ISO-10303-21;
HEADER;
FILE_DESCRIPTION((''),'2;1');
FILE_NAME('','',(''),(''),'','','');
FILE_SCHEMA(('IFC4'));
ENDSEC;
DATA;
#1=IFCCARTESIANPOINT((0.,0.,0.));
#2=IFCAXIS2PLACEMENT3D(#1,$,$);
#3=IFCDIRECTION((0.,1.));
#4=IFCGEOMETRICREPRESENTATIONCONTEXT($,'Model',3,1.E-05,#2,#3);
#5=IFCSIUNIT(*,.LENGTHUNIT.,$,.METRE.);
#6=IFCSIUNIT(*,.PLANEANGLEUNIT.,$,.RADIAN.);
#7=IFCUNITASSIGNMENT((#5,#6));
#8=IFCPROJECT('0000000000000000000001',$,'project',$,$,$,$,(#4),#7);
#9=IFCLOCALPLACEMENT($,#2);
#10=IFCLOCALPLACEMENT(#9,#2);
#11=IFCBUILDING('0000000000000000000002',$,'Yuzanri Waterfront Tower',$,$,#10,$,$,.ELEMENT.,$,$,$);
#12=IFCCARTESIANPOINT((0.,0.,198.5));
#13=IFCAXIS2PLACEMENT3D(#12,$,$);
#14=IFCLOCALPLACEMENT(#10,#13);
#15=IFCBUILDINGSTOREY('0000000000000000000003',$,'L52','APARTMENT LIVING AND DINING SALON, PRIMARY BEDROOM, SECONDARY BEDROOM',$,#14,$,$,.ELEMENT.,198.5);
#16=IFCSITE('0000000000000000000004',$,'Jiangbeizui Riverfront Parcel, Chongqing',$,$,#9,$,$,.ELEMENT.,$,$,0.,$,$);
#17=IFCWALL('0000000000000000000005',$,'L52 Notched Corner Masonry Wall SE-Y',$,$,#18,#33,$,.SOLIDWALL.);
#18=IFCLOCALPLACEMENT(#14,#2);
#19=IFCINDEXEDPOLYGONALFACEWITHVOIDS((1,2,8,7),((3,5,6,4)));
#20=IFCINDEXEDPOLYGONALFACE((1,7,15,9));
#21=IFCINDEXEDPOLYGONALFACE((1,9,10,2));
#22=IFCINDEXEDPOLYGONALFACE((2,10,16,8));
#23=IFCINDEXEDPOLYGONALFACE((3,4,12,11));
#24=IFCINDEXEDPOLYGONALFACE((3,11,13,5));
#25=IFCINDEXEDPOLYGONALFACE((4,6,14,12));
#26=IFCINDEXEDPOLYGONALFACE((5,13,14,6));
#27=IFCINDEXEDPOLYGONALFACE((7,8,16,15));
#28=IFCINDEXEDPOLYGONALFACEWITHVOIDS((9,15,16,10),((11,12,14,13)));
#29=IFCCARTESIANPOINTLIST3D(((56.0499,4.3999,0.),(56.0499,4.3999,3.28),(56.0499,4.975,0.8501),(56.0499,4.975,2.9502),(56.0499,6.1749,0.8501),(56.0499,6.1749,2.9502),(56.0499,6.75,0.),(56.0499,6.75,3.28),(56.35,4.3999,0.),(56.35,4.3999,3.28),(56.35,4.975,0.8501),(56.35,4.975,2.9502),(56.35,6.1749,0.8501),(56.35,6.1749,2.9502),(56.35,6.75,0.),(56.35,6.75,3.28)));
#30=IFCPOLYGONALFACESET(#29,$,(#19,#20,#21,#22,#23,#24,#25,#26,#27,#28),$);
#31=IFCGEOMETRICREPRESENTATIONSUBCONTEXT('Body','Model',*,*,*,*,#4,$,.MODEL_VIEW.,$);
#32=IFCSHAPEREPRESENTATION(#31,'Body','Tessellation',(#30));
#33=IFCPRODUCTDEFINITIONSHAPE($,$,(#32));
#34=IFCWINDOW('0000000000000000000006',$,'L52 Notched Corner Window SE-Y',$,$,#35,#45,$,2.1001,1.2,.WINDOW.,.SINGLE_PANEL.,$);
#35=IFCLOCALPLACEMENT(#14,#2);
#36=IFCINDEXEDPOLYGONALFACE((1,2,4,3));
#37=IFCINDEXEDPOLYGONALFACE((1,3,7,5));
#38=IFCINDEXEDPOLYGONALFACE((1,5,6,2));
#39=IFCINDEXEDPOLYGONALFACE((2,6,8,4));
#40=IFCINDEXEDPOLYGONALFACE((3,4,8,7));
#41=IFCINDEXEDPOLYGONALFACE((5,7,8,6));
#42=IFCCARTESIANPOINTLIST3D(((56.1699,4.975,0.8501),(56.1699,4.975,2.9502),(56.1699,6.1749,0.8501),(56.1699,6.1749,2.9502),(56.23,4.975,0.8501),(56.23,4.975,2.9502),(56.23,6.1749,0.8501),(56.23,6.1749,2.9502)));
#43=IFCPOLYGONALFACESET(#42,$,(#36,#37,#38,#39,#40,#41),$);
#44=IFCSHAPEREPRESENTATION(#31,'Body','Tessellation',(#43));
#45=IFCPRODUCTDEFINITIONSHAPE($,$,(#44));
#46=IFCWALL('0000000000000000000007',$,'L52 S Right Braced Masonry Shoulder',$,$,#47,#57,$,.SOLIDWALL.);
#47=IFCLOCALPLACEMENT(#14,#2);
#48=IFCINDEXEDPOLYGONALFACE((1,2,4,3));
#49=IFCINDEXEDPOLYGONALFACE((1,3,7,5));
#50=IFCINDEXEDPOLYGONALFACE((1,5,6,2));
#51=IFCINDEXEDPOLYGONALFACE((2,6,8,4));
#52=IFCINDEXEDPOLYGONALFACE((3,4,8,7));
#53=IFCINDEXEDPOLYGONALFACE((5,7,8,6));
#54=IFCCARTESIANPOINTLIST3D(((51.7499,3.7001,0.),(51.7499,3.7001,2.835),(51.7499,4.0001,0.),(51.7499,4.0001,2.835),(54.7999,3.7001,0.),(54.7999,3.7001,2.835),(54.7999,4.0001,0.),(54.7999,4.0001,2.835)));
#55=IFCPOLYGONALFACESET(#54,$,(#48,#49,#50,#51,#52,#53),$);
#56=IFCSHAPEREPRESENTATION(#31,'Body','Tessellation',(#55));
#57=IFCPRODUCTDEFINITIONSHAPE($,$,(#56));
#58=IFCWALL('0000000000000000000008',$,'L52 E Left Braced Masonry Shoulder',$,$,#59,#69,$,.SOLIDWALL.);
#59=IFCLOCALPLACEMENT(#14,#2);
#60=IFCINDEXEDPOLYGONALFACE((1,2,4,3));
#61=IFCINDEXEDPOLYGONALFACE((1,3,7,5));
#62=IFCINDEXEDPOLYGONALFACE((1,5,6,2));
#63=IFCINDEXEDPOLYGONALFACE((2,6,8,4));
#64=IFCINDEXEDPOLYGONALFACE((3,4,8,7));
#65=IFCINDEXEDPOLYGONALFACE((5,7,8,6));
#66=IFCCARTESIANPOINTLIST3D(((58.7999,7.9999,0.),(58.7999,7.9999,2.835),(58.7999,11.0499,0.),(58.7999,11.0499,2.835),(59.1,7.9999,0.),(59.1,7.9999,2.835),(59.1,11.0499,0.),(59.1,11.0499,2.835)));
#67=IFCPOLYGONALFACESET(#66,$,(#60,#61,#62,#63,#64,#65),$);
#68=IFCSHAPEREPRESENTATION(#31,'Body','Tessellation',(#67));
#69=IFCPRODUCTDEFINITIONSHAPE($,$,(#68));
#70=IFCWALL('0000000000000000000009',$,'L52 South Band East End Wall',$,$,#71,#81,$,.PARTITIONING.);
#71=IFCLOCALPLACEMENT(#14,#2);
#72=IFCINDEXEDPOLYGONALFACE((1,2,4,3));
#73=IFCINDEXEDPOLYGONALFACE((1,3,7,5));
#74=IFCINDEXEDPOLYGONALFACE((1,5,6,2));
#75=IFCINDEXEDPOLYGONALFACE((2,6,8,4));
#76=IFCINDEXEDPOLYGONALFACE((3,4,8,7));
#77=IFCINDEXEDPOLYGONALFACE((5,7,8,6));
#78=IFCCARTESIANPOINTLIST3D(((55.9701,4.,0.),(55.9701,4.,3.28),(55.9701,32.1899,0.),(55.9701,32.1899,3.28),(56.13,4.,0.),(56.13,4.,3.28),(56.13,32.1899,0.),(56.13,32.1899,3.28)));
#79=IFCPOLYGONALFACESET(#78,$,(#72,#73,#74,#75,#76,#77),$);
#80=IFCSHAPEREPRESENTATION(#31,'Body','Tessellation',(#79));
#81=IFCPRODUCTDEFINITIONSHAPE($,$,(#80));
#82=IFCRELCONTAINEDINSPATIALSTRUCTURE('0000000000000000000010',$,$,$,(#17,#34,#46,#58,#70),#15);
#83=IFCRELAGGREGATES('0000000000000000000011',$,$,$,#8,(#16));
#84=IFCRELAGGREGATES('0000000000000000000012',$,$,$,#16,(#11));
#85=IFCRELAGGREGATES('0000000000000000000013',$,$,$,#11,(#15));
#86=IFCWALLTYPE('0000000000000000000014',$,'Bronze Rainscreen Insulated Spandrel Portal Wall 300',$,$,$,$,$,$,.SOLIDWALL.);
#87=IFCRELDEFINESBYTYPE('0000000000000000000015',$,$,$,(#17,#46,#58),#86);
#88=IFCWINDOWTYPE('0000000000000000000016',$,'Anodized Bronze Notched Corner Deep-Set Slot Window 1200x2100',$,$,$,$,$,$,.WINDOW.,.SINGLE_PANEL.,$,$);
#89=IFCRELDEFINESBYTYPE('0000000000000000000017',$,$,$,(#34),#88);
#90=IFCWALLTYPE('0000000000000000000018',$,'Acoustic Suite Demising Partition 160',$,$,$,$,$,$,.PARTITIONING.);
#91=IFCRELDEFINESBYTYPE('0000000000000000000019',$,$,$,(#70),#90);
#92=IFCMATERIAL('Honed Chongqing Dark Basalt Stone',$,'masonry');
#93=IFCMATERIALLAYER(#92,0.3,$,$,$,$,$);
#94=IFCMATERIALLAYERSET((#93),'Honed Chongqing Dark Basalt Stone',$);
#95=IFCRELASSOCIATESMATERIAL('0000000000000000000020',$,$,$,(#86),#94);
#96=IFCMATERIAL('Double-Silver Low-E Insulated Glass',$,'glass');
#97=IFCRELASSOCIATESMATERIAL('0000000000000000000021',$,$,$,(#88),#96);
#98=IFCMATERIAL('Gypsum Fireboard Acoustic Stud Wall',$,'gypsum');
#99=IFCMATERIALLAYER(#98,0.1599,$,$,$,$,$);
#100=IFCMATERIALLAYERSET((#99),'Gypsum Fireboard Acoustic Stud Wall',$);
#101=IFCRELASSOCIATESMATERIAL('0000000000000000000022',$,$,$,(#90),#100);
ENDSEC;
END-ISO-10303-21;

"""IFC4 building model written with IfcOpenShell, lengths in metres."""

from ifc_helpers import new_model, si_unit, direction, frame, frame_2d, origin, place, context, subcontext, project, spatial, rectangle, extrude, source, transform, mapped, material, layer, layer_set, type_object, element, fill, save


model = new_model("IFC4")

# Units and contexts
model_context = context("Model", 3, precision=1e-05, world=origin(), true_north=direction((0.0, 1.0)))
body_context = subcontext(model_context, "Body", "Model", "MODEL_VIEW")
ifc_project = project(units=[si_unit("LENGTHUNIT", "METRE"), si_unit("PLANEANGLEUNIT", "RADIAN")], contexts=[model_context])

# Site, building, storey
site_placement = place(None, origin())
site = spatial("IfcSite", under=ifc_project, at=site_placement, Name="Jiangbeizui Riverfront Parcel, Chongqing", CompositionType="ELEMENT", RefElevation=0.0)
building_placement = place(site_placement, origin())
building = spatial("IfcBuilding", under=site, at=building_placement, Name="Yuzanri Waterfront Tower", CompositionType="ELEMENT")
storey_placement = place(building_placement, frame((0.0, 0.0, 198.5)))
storey = spatial("IfcBuildingStorey", under=building, at=storey_placement, Name="L52", Description="APARTMENT LIVING AND DINING SALON, PRIMARY BEDROOM, SECONDARY BEDROOM", CompositionType="ELEMENT", Elevation=198.5)

# Wall, opening, window
ifc_material_1 = material(Name="Honed Chongqing Dark Basalt Stone", Category="masonry")
ifc_layer_1 = layer(ifc_material_1, 0.3)
ifc_layer_set_1 = layer_set([ifc_layer_1], Name="Honed Chongqing Dark Basalt Stone")
wall_type_1 = type_object("IfcWallType", Name="Bronze Rainscreen Insulated Spandrel Portal Wall 300", PredefinedType="SOLIDWALL", material=ifc_layer_set_1)
wall_1_placement = place(storey_placement, frame((56.2, 4.3999, 0.0), z_axis=(0.0, 0.0, 1.0), x_axis=(0.0, 1.0, 0.0)))
wall_1 = element("IfcWall", 1, at=wall_1_placement, inside=storey, type_object=wall_type_1, Name="L52 Notched Corner Masonry Wall SE-Y", PredefinedType="SOLIDWALL", context=body_context, shape_type="SweptSolid", body=[
    extrude(rectangle(XDim=2.3501, YDim=0.3, at=frame_2d((1.175, 0.0))), origin(), (0.0, 0.0, 1.0), 3.28),
])
opening_1_placement = place(wall_1_placement, frame((0.575, 0.0, 0.8501)))
opening_1 = element("IfcOpeningElement", 2, at=opening_1_placement, cuts=wall_1, PredefinedType="OPENING", context=body_context, shape_type="SweptSolid", body=[
    extrude(rectangle(XDim=1.2, YDim=2.1001, at=frame_2d((0.6001, 1.05))), frame((0.0, 0.165, 0.0), z_axis=(0.0, -1.0, 0.0), x_axis=(1.0, 0.0, 0.0)), (0.0, 0.0, 1.0), 0.3298),
])
ifc_material_2 = material(Name="Double-Silver Low-E Insulated Glass", Category="glass")
window_type_1 = type_object("IfcWindowType", Name="Anodized Bronze Notched Corner Deep-Set Slot Window 1200x2100", PartitioningType="SINGLE_PANEL", PredefinedType="WINDOW", material=ifc_material_2)
shared_shape_1 = source(origin(), body_context, "Body", "SweptSolid", [
    extrude(rectangle(XDim=1.2, YDim=2.1001, at=frame_2d((0.6001, 1.05))), frame((0.0, 0.03, 0.0), z_axis=(0.0, -1.0, 0.0), x_axis=(1.0, 0.0, 0.0)), (0.0, 0.0, 1.0), 0.0601),
])
window_1_placement = place(opening_1_placement, origin())
window_1 = element("IfcWindow", 3, at=window_1_placement, inside=storey, type_object=window_type_1, Name="L52 Notched Corner Window SE-Y", OverallHeight=2.1001, OverallWidth=1.2, PartitioningType="SINGLE_PANEL", PredefinedType="WINDOW", context=body_context, shape_type="MappedRepresentation", body=[
    mapped(shared_shape_1, transform((0.0, 0.0, 0.0), scale=1.0)),
])
fill(opening_1, window_1)

# Walls
shared_shape_2 = source(origin(), body_context, "Body", "SweptSolid", [
    extrude(rectangle(XDim=3.05, YDim=0.3, at=frame_2d((1.5249, 0.0))), origin(), (0.0, 0.0, 1.0), 2.835),
])
for number, where, z_axis, x_axis, name in (
    (4, (51.75, 3.8501, 0.0), (0.0, 0.0, 1.0), (1.0, 0.0, 0.0), "L52 S Right Braced Masonry Shoulder"),
    (5, (58.95, 8.0, 0.0), (0.0, 0.0, 1.0), (0.0, 1.0, 0.0), "L52 E Left Braced Masonry Shoulder"),
):
    element("IfcWall", number, at=place(storey_placement, frame(where, z_axis=z_axis, x_axis=x_axis)), inside=storey, type_object=wall_type_1, Name=name, PredefinedType="SOLIDWALL", context=body_context, shape_type="MappedRepresentation", body=[
        mapped(shared_shape_2, transform((0.0, 0.0, 0.0), scale=1.0)),
    ])
ifc_material_3 = material(Name="Gypsum Fireboard Acoustic Stud Wall", Category="gypsum")
ifc_layer_2 = layer(ifc_material_3, 0.1599)
ifc_layer_set_2 = layer_set([ifc_layer_2], Name="Gypsum Fireboard Acoustic Stud Wall")
wall_type_2 = type_object("IfcWallType", Name="Acoustic Suite Demising Partition 160", PredefinedType="PARTITIONING", material=ifc_layer_set_2)
shared_shape_3 = source(origin(), body_context, "Body", "SweptSolid", [
    extrude(rectangle(XDim=28.1899, YDim=0.1599, at=frame_2d((14.095, 0.0))), origin(), (0.0, 0.0, 1.0), 3.28),
])
wall_2_placement = place(storey_placement, frame((56.05, 4.0, 0.0), z_axis=(0.0, 0.0, 1.0), x_axis=(0.0, 1.0, 0.0)))
element("IfcWall", 6, at=wall_2_placement, inside=storey, type_object=wall_type_2, Name="L52 South Band East End Wall", PredefinedType="PARTITIONING", context=body_context, shape_type="MappedRepresentation", body=[
    mapped(shared_shape_3, transform((0.0, 0.0, 0.0), scale=1.0)),
])

save(model, "model.ifc")
